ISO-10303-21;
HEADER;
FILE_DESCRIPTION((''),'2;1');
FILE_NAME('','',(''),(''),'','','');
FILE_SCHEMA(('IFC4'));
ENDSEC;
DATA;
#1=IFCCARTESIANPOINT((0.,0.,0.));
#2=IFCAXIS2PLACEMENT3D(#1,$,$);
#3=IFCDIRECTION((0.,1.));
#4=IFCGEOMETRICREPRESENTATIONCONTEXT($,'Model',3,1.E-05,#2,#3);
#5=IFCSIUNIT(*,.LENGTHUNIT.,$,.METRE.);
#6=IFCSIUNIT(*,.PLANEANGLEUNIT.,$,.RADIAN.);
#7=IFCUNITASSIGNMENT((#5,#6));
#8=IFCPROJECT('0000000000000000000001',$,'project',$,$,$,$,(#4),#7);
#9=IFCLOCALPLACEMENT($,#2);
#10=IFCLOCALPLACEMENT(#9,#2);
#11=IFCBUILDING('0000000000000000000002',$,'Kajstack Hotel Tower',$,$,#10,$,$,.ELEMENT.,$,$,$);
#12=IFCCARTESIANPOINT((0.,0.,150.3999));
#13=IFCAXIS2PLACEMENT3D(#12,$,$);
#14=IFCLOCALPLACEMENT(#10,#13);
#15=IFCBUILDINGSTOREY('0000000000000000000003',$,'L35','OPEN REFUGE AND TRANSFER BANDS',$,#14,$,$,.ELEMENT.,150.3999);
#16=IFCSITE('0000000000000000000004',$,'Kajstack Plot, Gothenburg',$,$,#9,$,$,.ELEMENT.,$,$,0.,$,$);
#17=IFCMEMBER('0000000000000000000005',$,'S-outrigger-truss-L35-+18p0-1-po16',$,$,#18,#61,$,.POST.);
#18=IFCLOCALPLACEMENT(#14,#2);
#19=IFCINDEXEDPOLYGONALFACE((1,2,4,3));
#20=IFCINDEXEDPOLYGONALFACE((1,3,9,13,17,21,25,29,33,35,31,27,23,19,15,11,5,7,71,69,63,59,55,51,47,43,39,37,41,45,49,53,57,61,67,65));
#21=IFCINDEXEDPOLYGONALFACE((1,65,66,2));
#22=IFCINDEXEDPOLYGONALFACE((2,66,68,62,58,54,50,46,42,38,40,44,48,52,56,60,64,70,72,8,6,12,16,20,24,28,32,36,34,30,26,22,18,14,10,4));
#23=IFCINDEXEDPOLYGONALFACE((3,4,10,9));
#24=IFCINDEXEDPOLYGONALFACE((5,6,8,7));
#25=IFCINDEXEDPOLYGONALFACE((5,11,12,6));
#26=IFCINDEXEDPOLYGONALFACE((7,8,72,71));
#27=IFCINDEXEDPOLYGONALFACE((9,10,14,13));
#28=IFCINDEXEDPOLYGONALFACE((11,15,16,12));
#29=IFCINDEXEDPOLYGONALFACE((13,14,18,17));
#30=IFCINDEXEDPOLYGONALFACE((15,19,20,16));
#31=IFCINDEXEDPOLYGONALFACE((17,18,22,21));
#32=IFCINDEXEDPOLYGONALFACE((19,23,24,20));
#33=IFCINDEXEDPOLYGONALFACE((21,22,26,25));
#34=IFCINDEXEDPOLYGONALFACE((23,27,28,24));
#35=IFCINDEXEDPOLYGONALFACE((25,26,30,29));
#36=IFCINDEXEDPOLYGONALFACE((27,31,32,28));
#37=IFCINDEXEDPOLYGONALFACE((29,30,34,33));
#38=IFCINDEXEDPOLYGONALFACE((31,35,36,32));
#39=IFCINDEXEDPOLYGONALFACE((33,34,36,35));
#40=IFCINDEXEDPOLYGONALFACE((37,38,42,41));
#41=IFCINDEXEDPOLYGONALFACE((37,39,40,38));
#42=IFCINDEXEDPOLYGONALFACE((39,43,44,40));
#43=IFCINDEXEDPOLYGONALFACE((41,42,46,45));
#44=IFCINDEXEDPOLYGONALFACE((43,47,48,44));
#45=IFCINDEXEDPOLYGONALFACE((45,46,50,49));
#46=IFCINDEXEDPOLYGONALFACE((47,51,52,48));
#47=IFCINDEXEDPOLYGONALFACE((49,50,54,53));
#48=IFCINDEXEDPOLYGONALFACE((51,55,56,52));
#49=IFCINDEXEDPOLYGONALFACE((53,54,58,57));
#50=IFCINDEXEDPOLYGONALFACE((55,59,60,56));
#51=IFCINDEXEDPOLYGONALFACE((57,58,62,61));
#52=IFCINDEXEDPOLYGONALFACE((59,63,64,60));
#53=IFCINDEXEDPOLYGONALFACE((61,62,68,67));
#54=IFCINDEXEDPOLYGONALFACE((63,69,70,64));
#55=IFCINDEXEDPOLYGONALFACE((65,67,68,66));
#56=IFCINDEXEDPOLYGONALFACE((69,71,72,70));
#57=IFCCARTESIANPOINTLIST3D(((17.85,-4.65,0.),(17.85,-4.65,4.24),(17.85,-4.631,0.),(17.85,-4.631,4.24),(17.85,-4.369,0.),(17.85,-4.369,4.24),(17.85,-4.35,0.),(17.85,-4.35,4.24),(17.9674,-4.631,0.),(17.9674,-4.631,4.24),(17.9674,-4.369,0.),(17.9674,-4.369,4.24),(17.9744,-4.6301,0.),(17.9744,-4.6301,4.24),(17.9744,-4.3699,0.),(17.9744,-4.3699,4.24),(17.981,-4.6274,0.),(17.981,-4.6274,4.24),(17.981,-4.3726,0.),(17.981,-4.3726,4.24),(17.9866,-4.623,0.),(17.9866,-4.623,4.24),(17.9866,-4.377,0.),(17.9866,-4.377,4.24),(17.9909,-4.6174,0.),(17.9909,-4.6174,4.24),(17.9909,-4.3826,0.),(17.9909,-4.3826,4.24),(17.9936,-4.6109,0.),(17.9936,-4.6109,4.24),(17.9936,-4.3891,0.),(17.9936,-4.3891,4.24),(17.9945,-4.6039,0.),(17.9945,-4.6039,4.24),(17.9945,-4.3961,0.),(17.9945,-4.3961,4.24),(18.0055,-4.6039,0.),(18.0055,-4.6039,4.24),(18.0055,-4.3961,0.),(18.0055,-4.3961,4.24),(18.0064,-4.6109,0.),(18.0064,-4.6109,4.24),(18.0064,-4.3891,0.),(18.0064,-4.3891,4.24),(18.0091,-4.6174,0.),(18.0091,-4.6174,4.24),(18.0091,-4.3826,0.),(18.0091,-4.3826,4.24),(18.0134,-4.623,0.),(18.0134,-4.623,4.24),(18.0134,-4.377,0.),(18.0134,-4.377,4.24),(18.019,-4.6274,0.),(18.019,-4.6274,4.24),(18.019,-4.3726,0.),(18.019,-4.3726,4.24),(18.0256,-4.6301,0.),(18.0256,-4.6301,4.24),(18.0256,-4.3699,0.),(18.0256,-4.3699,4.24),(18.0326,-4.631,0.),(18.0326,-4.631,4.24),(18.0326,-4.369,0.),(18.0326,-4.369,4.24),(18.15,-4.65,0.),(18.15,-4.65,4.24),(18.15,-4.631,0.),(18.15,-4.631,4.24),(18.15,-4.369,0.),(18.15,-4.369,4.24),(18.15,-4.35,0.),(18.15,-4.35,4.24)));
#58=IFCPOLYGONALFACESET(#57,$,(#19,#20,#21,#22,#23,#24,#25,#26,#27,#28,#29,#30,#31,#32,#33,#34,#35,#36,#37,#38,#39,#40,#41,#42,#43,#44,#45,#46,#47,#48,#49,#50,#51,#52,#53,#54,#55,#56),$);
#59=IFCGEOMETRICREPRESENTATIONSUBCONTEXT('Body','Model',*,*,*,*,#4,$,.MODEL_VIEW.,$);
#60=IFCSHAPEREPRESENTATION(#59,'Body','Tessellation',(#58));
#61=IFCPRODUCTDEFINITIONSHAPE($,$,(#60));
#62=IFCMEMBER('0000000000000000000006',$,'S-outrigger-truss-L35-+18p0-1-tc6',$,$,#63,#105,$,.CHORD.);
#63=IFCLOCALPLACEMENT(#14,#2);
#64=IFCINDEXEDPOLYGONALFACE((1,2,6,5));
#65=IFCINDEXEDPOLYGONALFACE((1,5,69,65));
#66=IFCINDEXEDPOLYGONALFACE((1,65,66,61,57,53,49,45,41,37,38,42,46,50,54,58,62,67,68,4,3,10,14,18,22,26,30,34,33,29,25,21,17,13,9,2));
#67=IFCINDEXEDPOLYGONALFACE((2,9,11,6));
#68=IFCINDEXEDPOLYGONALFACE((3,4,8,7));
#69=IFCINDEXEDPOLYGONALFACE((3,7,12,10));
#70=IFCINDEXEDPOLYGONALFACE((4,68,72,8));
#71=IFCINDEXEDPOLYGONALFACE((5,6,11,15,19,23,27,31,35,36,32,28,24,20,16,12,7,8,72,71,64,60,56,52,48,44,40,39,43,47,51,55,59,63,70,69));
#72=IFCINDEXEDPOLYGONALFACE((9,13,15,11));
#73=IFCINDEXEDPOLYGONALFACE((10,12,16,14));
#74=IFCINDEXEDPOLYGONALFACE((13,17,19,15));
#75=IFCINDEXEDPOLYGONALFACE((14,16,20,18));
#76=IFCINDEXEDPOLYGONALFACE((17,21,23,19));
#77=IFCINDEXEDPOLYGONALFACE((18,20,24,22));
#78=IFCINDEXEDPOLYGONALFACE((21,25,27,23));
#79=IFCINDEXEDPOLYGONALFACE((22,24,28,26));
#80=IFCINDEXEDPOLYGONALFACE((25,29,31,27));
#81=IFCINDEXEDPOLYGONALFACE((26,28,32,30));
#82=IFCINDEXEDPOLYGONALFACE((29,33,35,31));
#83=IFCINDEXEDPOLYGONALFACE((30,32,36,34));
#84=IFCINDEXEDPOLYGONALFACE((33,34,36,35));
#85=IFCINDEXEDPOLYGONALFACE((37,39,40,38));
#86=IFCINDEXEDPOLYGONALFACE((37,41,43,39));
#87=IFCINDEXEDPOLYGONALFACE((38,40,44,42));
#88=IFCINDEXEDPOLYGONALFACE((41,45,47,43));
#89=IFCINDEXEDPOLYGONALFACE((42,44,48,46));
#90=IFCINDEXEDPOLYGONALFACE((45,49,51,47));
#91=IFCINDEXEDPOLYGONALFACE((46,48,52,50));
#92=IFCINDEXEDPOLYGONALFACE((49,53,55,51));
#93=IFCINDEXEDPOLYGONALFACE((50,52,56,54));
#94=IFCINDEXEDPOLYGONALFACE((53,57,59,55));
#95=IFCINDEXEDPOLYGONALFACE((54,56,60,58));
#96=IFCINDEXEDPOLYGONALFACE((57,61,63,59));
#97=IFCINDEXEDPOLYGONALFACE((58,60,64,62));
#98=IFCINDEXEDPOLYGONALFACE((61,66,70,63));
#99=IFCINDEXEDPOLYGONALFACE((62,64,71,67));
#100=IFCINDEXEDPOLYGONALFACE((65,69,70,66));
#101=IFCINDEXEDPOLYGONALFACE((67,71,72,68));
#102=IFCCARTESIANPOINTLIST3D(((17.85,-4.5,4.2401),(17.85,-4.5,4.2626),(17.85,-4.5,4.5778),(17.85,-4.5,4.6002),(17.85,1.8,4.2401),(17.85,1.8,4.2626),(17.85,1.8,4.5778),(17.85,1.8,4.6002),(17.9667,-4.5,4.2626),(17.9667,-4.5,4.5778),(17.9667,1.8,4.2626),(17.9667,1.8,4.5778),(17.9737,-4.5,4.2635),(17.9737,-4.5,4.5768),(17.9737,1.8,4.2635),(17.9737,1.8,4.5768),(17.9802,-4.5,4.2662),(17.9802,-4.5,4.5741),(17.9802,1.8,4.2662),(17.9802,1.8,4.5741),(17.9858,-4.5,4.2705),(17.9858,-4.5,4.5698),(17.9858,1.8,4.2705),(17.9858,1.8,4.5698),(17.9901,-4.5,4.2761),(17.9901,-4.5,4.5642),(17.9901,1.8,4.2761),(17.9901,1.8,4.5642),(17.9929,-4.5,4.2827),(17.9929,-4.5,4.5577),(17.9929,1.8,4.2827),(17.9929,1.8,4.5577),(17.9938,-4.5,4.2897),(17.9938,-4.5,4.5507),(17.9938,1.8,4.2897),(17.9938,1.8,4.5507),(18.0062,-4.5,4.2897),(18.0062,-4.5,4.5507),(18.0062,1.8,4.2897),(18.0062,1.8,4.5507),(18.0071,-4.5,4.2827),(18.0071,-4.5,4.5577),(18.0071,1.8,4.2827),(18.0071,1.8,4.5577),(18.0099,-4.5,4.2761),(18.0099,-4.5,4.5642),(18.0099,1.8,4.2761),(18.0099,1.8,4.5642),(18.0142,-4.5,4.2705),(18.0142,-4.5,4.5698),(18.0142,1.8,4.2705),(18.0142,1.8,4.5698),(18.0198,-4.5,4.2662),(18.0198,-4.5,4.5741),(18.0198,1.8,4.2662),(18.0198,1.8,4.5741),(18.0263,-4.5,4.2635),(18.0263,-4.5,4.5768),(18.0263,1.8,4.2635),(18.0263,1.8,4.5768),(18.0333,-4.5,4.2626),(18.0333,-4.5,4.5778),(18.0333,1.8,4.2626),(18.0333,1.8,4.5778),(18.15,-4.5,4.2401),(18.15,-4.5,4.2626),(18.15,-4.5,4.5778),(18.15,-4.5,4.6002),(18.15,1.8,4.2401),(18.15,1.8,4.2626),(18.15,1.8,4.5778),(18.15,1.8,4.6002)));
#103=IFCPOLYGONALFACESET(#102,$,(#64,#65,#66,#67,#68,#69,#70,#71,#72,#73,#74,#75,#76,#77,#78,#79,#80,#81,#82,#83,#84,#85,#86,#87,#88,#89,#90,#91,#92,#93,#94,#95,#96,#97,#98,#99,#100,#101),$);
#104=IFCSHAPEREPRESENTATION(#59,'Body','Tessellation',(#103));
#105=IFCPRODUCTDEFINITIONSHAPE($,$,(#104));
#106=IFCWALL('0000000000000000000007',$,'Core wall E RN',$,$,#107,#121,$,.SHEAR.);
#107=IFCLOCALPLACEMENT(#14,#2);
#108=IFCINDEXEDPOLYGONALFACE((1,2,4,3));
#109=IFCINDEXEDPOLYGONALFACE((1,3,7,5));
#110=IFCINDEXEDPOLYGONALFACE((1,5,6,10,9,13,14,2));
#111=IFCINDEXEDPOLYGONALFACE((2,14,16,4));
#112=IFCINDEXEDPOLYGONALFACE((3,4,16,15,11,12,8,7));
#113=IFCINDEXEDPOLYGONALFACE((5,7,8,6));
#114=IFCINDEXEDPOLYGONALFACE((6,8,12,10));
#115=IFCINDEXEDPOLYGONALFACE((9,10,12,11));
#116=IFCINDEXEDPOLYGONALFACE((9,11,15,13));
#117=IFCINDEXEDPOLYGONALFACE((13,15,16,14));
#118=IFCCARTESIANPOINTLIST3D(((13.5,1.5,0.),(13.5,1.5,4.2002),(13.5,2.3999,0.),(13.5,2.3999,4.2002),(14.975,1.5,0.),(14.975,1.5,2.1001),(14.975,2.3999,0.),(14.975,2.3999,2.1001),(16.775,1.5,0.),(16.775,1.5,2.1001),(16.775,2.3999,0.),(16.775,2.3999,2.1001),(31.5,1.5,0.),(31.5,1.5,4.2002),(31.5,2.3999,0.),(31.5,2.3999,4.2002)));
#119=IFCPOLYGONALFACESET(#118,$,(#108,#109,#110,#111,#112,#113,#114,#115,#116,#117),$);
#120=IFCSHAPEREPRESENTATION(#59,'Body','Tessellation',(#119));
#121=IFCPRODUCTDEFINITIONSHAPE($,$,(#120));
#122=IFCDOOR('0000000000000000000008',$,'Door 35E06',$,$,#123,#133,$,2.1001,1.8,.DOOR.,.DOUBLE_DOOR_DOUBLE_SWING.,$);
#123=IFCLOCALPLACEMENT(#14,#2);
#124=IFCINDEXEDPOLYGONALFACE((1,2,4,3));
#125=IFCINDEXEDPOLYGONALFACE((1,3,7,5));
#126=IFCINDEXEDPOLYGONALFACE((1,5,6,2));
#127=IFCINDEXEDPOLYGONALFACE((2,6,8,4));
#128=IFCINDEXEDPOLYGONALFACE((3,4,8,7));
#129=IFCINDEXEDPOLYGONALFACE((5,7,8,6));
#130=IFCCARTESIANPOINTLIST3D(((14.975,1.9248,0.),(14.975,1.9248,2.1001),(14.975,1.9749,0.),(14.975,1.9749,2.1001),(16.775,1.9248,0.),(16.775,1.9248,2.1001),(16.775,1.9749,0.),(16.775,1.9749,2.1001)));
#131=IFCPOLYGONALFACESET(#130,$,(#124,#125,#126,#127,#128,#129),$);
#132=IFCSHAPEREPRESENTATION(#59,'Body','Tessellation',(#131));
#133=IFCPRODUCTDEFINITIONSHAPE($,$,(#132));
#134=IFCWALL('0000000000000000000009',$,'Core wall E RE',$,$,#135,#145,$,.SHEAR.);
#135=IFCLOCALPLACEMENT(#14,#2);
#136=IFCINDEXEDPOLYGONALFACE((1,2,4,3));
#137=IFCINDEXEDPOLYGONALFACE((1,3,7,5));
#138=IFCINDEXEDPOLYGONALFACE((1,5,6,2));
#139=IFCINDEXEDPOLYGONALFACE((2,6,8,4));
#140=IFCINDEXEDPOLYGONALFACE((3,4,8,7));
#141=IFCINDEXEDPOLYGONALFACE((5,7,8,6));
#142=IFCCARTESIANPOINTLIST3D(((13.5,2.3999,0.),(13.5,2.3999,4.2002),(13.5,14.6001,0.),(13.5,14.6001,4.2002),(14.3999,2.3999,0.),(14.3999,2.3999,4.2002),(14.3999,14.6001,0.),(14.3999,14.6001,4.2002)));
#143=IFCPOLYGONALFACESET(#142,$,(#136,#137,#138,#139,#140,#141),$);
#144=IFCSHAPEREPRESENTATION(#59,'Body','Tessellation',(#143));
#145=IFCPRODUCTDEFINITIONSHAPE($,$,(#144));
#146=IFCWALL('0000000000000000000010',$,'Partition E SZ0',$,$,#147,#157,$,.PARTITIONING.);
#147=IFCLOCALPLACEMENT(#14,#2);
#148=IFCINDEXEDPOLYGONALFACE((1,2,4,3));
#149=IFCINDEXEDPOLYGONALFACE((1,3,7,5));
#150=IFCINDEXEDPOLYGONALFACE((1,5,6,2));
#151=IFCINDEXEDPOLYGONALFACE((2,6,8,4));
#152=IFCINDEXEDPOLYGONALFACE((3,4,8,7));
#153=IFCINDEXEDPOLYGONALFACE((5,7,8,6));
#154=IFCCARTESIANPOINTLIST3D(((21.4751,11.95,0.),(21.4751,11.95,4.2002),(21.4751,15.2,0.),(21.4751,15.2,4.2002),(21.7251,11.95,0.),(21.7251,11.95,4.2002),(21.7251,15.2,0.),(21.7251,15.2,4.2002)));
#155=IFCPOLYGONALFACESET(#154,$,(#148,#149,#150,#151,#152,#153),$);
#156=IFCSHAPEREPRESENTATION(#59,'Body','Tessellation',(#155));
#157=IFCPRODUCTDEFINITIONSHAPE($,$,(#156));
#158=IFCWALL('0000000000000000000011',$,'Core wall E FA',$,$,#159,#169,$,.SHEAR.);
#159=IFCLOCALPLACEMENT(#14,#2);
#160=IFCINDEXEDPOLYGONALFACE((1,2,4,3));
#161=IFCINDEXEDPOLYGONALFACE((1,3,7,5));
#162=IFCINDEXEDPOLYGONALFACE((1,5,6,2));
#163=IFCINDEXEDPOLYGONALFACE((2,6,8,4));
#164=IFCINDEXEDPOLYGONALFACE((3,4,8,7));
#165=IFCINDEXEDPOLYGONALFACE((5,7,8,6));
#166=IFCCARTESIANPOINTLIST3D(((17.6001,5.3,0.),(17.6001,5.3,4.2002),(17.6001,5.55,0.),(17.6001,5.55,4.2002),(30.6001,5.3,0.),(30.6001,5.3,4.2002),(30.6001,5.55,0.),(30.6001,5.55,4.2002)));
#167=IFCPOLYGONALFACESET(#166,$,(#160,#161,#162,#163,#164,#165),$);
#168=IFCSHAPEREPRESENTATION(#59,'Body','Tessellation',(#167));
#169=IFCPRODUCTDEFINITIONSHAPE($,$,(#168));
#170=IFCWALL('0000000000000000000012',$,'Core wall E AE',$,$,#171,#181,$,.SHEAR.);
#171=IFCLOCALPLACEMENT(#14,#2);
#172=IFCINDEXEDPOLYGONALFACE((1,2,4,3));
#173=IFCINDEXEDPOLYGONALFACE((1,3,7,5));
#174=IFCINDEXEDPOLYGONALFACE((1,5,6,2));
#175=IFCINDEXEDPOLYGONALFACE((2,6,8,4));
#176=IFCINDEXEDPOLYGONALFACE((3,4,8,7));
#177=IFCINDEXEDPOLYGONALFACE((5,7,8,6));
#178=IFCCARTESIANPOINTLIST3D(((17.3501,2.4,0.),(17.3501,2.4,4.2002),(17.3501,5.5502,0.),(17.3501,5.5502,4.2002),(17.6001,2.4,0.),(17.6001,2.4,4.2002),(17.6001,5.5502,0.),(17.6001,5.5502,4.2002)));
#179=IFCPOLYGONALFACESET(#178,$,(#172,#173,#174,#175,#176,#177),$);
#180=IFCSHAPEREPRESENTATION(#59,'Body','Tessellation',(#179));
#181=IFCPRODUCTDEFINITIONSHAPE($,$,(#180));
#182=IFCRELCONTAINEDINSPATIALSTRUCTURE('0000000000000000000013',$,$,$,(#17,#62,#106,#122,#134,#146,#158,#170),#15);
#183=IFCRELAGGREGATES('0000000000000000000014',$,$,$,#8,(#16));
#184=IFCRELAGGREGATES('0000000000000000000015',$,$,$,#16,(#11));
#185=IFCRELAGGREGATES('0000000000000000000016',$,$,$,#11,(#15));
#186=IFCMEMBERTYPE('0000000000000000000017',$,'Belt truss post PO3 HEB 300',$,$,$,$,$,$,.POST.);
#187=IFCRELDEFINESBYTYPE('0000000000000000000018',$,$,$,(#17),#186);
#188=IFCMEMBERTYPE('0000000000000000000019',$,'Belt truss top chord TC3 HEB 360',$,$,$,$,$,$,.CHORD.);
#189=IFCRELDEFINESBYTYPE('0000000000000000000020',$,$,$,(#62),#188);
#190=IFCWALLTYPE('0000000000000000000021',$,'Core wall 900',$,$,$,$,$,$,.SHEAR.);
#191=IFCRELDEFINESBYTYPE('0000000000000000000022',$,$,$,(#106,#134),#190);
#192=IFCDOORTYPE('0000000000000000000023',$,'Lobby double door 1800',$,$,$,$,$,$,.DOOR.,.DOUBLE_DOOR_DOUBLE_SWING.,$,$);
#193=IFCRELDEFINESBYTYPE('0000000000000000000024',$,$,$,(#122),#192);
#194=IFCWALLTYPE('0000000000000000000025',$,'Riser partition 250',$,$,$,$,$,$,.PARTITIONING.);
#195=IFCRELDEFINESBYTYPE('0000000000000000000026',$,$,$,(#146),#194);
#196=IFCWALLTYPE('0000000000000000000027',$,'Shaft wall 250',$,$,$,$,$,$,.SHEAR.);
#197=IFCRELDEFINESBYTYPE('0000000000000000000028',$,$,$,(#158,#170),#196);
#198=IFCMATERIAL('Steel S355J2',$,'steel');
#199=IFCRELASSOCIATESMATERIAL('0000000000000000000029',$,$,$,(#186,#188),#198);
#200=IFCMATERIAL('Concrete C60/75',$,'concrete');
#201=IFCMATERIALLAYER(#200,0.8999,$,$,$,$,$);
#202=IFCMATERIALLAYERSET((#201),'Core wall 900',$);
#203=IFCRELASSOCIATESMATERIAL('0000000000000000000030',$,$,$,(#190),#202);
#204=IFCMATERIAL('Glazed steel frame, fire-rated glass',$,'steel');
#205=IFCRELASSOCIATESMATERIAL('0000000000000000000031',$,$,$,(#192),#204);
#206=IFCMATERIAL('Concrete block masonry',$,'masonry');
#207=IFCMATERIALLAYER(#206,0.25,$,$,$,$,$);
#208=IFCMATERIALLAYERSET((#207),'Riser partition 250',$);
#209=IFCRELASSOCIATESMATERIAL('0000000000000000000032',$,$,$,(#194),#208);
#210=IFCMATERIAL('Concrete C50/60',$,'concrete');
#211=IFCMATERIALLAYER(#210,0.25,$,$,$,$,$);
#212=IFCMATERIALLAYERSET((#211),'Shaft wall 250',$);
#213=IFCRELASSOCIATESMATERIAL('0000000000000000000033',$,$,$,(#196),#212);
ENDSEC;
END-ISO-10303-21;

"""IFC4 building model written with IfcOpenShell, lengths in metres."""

from ifc_helpers import new_model, si_unit, direction, frame, frame_2d, origin, origin_2d, place, context, subcontext, project, spatial, rectangle, i_section, extrude, material, layer, layer_set, material_profile, profile_set, type_object, element, fill, save


model = new_model("IFC4")

# Units and contexts
model_context = context("Model", 3, precision=1e-05, world=origin(), true_north=direction((0.0, 1.0)))
body_context = subcontext(model_context, "Body", "Model", "MODEL_VIEW")
ifc_project = project(units=[si_unit("LENGTHUNIT", "METRE"), si_unit("PLANEANGLEUNIT", "RADIAN")], contexts=[model_context])

# Site, building, storey
site_placement = place(None, origin())
site = spatial("IfcSite", under=ifc_project, at=site_placement, Name="Kajstack Plot, Gothenburg", CompositionType="ELEMENT", RefElevation=0.0)
building_placement = place(site_placement, origin())
building = spatial("IfcBuilding", under=site, at=building_placement, Name="Kajstack Hotel Tower", CompositionType="ELEMENT")
storey_placement = place(building_placement, frame((0.0, 0.0, 150.3999)))
storey = spatial("IfcBuildingStorey", under=building, at=storey_placement, Name="L35", Description="OPEN REFUGE AND TRANSFER BANDS", CompositionType="ELEMENT", Elevation=150.3999)

# Members
ifc_material_1 = material(Name="Steel S355J2", Category="steel")
ifc_material_profile_1 = material_profile(ifc_material_1, i_section(OverallWidth=0.3, OverallDepth=0.3, WebThickness=0.011, FlangeThickness=0.019, FilletRadius=0.0271, at=origin_2d()), Name="HEB 300")
ifc_profile_set_1 = profile_set([ifc_material_profile_1], Name="Steel S355J2")
member_type_1 = type_object("IfcMemberType", Name="Belt truss post PO3 HEB 300", PredefinedType="POST", material=ifc_profile_set_1)
member_1_placement = place(storey_placement, frame((18.0, -4.5, 0.0), z_axis=(0.0, 0.0, 1.0), x_axis=(1.0, 0.0, 0.0)))
element("IfcMember", 1, at=member_1_placement, inside=storey, type_object=member_type_1, Name="S-outrigger-truss-L35-+18p0-1-po16", PredefinedType="POST", context=body_context, shape_type="SweptSolid", body=[
    extrude(i_section(OverallWidth=0.3, OverallDepth=0.3, WebThickness=0.011, FlangeThickness=0.019, FilletRadius=0.0271, at=origin_2d()), origin(), (0.0, 0.0, 1.0), 4.24),
])
ifc_material_profile_2 = material_profile(ifc_material_1, i_section(OverallWidth=0.3, OverallDepth=0.3601, WebThickness=0.0125, FlangeThickness=0.0225, FilletRadius=0.0271, at=origin_2d()), Name="HEB 360")
ifc_profile_set_2 = profile_set([ifc_material_profile_2], Name="Steel S355J2")
member_type_2 = type_object("IfcMemberType", Name="Belt truss top chord TC3 HEB 360", PredefinedType="CHORD", material=ifc_profile_set_2)
member_2_placement = place(storey_placement, frame((18.0, -4.5, 4.4202), z_axis=(0.0, 1.0, 0.0), x_axis=(-1.0, 0.0, 0.0)))
element("IfcMember", 2, at=member_2_placement, inside=storey, type_object=member_type_2, Name="S-outrigger-truss-L35-+18p0-1-tc6", PredefinedType="CHORD", context=body_context, shape_type="SweptSolid", body=[
    extrude(i_section(OverallWidth=0.3, OverallDepth=0.3601, WebThickness=0.0125, FlangeThickness=0.0225, FilletRadius=0.0271, at=origin_2d()), origin(), (0.0, 0.0, 1.0), 6.3),
])

# Wall, opening, door
ifc_material_2 = material(Name="Concrete C60/75", Category="concrete")
ifc_layer_1 = layer(ifc_material_2, 0.8999)
ifc_layer_set_1 = layer_set([ifc_layer_1], Name="Core wall 900")
wall_type_1 = type_object("IfcWallType", Name="Core wall 900", PredefinedType="SHEAR", material=ifc_layer_set_1)
wall_1_placement = place(storey_placement, frame((13.5, 1.95, 0.0), z_axis=(0.0, 0.0, 1.0), x_axis=(1.0, 0.0, 0.0)))
wall_1 = element("IfcWall", 3, at=wall_1_placement, inside=storey, type_object=wall_type_1, Name="Core wall E RN", PredefinedType="SHEAR", context=body_context, shape_type="SweptSolid", body=[
    extrude(rectangle(XDim=18.0, YDim=0.8999, at=frame_2d((9.0, 0.0))), origin(), (0.0, 0.0, 1.0), 4.2002),
])
opening_1_placement = place(wall_1_placement, frame((1.4751, 0.0, 0.0)))
opening_1 = element("IfcOpeningElement", 4, at=opening_1_placement, cuts=wall_1, PredefinedType="OPENING", context=body_context, shape_type="SweptSolid", body=[
    extrude(rectangle(XDim=1.8, YDim=2.1001, at=frame_2d((0.8999, 1.05))), frame((0.0, 0.46, 0.0), z_axis=(0.0, -1.0, 0.0), x_axis=(1.0, 0.0, 0.0)), (0.0, 0.0, 1.0), 0.9199),
])
ifc_material_3 = material(Name="Glazed steel frame, fire-rated glass", Category="steel")
door_type_1 = type_object("IfcDoorType", Name="Lobby double door 1800", OperationType="DOUBLE_DOOR_DOUBLE_SWING", PredefinedType="DOOR", material=ifc_material_3)
door_1_placement = place(opening_1_placement, origin())
door_1 = element("IfcDoor", 5, at=door_1_placement, inside=storey, type_object=door_type_1, Name="Door 35E06", OperationType="DOUBLE_DOOR_DOUBLE_SWING", OverallHeight=2.1001, OverallWidth=1.8, PredefinedType="DOOR", context=body_context, shape_type="SweptSolid", body=[
    extrude(rectangle(XDim=1.8, YDim=2.1001, at=frame_2d((0.8999, 1.05))), frame((0.0, 0.0249, 0.0), z_axis=(0.0, -1.0, 0.0), x_axis=(1.0, 0.0, 0.0)), (0.0, 0.0, 1.0), 0.05),
])
fill(opening_1, door_1)

# Walls
wall_2_placement = place(storey_placement, frame((13.95, 2.3999, 0.0), z_axis=(0.0, 0.0, 1.0), x_axis=(0.0, 1.0, 0.0)))
element("IfcWall", 6, at=wall_2_placement, inside=storey, type_object=wall_type_1, Name="Core wall E RE", PredefinedType="SHEAR", context=body_context, shape_type="SweptSolid", body=[
    extrude(rectangle(XDim=12.2002, YDim=0.8999, at=frame_2d((6.1001, 0.0))), origin(), (0.0, 0.0, 1.0), 4.2002),
])
ifc_material_4 = material(Name="Concrete block masonry", Category="masonry")
ifc_layer_2 = layer(ifc_material_4, 0.25)
ifc_layer_set_2 = layer_set([ifc_layer_2], Name="Riser partition 250")
wall_type_2 = type_object("IfcWallType", Name="Riser partition 250", PredefinedType="PARTITIONING", material=ifc_layer_set_2)
wall_3_placement = place(storey_placement, frame((21.6001, 11.95, 0.0), z_axis=(0.0, 0.0, 1.0), x_axis=(0.0, 1.0, 0.0)))
element("IfcWall", 7, at=wall_3_placement, inside=storey, type_object=wall_type_2, Name="Partition E SZ0", PredefinedType="PARTITIONING", context=body_context, shape_type="SweptSolid", body=[
    extrude(rectangle(XDim=3.25, YDim=0.25, at=frame_2d((1.625, 0.0))), origin(), (0.0, 0.0, 1.0), 4.2002),
])
ifc_material_5 = material(Name="Concrete C50/60", Category="concrete")
ifc_layer_3 = layer(ifc_material_5, 0.25)
ifc_layer_set_3 = layer_set([ifc_layer_3], Name="Shaft wall 250")
wall_type_3 = type_object("IfcWallType", Name="Shaft wall 250", PredefinedType="SHEAR", material=ifc_layer_set_3)
wall_4_placement = place(storey_placement, frame((17.6001, 5.425, 0.0), z_axis=(0.0, 0.0, 1.0), x_axis=(1.0, 0.0, 0.0)))
element("IfcWall", 8, at=wall_4_placement, inside=storey, type_object=wall_type_3, Name="Core wall E FA", PredefinedType="SHEAR", context=body_context, shape_type="SweptSolid", body=[
    extrude(rectangle(XDim=13.0, YDim=0.25, at=frame_2d((6.5, 0.0))), origin(), (0.0, 0.0, 1.0), 4.2002),
])
wall_5_placement = place(storey_placement, frame((17.4751, 2.3999, 0.0), z_axis=(0.0, 0.0, 1.0), x_axis=(0.0, 1.0, 0.0)))
element("IfcWall", 9, at=wall_5_placement, inside=storey, type_object=wall_type_3, Name="Core wall E AE", PredefinedType="SHEAR", context=body_context, shape_type="SweptSolid", body=[
    extrude(rectangle(XDim=3.1501, YDim=0.25, at=frame_2d((1.5752, 0.0))), origin(), (0.0, 0.0, 1.0), 4.2002),
])

save(model, "model.ifc")
